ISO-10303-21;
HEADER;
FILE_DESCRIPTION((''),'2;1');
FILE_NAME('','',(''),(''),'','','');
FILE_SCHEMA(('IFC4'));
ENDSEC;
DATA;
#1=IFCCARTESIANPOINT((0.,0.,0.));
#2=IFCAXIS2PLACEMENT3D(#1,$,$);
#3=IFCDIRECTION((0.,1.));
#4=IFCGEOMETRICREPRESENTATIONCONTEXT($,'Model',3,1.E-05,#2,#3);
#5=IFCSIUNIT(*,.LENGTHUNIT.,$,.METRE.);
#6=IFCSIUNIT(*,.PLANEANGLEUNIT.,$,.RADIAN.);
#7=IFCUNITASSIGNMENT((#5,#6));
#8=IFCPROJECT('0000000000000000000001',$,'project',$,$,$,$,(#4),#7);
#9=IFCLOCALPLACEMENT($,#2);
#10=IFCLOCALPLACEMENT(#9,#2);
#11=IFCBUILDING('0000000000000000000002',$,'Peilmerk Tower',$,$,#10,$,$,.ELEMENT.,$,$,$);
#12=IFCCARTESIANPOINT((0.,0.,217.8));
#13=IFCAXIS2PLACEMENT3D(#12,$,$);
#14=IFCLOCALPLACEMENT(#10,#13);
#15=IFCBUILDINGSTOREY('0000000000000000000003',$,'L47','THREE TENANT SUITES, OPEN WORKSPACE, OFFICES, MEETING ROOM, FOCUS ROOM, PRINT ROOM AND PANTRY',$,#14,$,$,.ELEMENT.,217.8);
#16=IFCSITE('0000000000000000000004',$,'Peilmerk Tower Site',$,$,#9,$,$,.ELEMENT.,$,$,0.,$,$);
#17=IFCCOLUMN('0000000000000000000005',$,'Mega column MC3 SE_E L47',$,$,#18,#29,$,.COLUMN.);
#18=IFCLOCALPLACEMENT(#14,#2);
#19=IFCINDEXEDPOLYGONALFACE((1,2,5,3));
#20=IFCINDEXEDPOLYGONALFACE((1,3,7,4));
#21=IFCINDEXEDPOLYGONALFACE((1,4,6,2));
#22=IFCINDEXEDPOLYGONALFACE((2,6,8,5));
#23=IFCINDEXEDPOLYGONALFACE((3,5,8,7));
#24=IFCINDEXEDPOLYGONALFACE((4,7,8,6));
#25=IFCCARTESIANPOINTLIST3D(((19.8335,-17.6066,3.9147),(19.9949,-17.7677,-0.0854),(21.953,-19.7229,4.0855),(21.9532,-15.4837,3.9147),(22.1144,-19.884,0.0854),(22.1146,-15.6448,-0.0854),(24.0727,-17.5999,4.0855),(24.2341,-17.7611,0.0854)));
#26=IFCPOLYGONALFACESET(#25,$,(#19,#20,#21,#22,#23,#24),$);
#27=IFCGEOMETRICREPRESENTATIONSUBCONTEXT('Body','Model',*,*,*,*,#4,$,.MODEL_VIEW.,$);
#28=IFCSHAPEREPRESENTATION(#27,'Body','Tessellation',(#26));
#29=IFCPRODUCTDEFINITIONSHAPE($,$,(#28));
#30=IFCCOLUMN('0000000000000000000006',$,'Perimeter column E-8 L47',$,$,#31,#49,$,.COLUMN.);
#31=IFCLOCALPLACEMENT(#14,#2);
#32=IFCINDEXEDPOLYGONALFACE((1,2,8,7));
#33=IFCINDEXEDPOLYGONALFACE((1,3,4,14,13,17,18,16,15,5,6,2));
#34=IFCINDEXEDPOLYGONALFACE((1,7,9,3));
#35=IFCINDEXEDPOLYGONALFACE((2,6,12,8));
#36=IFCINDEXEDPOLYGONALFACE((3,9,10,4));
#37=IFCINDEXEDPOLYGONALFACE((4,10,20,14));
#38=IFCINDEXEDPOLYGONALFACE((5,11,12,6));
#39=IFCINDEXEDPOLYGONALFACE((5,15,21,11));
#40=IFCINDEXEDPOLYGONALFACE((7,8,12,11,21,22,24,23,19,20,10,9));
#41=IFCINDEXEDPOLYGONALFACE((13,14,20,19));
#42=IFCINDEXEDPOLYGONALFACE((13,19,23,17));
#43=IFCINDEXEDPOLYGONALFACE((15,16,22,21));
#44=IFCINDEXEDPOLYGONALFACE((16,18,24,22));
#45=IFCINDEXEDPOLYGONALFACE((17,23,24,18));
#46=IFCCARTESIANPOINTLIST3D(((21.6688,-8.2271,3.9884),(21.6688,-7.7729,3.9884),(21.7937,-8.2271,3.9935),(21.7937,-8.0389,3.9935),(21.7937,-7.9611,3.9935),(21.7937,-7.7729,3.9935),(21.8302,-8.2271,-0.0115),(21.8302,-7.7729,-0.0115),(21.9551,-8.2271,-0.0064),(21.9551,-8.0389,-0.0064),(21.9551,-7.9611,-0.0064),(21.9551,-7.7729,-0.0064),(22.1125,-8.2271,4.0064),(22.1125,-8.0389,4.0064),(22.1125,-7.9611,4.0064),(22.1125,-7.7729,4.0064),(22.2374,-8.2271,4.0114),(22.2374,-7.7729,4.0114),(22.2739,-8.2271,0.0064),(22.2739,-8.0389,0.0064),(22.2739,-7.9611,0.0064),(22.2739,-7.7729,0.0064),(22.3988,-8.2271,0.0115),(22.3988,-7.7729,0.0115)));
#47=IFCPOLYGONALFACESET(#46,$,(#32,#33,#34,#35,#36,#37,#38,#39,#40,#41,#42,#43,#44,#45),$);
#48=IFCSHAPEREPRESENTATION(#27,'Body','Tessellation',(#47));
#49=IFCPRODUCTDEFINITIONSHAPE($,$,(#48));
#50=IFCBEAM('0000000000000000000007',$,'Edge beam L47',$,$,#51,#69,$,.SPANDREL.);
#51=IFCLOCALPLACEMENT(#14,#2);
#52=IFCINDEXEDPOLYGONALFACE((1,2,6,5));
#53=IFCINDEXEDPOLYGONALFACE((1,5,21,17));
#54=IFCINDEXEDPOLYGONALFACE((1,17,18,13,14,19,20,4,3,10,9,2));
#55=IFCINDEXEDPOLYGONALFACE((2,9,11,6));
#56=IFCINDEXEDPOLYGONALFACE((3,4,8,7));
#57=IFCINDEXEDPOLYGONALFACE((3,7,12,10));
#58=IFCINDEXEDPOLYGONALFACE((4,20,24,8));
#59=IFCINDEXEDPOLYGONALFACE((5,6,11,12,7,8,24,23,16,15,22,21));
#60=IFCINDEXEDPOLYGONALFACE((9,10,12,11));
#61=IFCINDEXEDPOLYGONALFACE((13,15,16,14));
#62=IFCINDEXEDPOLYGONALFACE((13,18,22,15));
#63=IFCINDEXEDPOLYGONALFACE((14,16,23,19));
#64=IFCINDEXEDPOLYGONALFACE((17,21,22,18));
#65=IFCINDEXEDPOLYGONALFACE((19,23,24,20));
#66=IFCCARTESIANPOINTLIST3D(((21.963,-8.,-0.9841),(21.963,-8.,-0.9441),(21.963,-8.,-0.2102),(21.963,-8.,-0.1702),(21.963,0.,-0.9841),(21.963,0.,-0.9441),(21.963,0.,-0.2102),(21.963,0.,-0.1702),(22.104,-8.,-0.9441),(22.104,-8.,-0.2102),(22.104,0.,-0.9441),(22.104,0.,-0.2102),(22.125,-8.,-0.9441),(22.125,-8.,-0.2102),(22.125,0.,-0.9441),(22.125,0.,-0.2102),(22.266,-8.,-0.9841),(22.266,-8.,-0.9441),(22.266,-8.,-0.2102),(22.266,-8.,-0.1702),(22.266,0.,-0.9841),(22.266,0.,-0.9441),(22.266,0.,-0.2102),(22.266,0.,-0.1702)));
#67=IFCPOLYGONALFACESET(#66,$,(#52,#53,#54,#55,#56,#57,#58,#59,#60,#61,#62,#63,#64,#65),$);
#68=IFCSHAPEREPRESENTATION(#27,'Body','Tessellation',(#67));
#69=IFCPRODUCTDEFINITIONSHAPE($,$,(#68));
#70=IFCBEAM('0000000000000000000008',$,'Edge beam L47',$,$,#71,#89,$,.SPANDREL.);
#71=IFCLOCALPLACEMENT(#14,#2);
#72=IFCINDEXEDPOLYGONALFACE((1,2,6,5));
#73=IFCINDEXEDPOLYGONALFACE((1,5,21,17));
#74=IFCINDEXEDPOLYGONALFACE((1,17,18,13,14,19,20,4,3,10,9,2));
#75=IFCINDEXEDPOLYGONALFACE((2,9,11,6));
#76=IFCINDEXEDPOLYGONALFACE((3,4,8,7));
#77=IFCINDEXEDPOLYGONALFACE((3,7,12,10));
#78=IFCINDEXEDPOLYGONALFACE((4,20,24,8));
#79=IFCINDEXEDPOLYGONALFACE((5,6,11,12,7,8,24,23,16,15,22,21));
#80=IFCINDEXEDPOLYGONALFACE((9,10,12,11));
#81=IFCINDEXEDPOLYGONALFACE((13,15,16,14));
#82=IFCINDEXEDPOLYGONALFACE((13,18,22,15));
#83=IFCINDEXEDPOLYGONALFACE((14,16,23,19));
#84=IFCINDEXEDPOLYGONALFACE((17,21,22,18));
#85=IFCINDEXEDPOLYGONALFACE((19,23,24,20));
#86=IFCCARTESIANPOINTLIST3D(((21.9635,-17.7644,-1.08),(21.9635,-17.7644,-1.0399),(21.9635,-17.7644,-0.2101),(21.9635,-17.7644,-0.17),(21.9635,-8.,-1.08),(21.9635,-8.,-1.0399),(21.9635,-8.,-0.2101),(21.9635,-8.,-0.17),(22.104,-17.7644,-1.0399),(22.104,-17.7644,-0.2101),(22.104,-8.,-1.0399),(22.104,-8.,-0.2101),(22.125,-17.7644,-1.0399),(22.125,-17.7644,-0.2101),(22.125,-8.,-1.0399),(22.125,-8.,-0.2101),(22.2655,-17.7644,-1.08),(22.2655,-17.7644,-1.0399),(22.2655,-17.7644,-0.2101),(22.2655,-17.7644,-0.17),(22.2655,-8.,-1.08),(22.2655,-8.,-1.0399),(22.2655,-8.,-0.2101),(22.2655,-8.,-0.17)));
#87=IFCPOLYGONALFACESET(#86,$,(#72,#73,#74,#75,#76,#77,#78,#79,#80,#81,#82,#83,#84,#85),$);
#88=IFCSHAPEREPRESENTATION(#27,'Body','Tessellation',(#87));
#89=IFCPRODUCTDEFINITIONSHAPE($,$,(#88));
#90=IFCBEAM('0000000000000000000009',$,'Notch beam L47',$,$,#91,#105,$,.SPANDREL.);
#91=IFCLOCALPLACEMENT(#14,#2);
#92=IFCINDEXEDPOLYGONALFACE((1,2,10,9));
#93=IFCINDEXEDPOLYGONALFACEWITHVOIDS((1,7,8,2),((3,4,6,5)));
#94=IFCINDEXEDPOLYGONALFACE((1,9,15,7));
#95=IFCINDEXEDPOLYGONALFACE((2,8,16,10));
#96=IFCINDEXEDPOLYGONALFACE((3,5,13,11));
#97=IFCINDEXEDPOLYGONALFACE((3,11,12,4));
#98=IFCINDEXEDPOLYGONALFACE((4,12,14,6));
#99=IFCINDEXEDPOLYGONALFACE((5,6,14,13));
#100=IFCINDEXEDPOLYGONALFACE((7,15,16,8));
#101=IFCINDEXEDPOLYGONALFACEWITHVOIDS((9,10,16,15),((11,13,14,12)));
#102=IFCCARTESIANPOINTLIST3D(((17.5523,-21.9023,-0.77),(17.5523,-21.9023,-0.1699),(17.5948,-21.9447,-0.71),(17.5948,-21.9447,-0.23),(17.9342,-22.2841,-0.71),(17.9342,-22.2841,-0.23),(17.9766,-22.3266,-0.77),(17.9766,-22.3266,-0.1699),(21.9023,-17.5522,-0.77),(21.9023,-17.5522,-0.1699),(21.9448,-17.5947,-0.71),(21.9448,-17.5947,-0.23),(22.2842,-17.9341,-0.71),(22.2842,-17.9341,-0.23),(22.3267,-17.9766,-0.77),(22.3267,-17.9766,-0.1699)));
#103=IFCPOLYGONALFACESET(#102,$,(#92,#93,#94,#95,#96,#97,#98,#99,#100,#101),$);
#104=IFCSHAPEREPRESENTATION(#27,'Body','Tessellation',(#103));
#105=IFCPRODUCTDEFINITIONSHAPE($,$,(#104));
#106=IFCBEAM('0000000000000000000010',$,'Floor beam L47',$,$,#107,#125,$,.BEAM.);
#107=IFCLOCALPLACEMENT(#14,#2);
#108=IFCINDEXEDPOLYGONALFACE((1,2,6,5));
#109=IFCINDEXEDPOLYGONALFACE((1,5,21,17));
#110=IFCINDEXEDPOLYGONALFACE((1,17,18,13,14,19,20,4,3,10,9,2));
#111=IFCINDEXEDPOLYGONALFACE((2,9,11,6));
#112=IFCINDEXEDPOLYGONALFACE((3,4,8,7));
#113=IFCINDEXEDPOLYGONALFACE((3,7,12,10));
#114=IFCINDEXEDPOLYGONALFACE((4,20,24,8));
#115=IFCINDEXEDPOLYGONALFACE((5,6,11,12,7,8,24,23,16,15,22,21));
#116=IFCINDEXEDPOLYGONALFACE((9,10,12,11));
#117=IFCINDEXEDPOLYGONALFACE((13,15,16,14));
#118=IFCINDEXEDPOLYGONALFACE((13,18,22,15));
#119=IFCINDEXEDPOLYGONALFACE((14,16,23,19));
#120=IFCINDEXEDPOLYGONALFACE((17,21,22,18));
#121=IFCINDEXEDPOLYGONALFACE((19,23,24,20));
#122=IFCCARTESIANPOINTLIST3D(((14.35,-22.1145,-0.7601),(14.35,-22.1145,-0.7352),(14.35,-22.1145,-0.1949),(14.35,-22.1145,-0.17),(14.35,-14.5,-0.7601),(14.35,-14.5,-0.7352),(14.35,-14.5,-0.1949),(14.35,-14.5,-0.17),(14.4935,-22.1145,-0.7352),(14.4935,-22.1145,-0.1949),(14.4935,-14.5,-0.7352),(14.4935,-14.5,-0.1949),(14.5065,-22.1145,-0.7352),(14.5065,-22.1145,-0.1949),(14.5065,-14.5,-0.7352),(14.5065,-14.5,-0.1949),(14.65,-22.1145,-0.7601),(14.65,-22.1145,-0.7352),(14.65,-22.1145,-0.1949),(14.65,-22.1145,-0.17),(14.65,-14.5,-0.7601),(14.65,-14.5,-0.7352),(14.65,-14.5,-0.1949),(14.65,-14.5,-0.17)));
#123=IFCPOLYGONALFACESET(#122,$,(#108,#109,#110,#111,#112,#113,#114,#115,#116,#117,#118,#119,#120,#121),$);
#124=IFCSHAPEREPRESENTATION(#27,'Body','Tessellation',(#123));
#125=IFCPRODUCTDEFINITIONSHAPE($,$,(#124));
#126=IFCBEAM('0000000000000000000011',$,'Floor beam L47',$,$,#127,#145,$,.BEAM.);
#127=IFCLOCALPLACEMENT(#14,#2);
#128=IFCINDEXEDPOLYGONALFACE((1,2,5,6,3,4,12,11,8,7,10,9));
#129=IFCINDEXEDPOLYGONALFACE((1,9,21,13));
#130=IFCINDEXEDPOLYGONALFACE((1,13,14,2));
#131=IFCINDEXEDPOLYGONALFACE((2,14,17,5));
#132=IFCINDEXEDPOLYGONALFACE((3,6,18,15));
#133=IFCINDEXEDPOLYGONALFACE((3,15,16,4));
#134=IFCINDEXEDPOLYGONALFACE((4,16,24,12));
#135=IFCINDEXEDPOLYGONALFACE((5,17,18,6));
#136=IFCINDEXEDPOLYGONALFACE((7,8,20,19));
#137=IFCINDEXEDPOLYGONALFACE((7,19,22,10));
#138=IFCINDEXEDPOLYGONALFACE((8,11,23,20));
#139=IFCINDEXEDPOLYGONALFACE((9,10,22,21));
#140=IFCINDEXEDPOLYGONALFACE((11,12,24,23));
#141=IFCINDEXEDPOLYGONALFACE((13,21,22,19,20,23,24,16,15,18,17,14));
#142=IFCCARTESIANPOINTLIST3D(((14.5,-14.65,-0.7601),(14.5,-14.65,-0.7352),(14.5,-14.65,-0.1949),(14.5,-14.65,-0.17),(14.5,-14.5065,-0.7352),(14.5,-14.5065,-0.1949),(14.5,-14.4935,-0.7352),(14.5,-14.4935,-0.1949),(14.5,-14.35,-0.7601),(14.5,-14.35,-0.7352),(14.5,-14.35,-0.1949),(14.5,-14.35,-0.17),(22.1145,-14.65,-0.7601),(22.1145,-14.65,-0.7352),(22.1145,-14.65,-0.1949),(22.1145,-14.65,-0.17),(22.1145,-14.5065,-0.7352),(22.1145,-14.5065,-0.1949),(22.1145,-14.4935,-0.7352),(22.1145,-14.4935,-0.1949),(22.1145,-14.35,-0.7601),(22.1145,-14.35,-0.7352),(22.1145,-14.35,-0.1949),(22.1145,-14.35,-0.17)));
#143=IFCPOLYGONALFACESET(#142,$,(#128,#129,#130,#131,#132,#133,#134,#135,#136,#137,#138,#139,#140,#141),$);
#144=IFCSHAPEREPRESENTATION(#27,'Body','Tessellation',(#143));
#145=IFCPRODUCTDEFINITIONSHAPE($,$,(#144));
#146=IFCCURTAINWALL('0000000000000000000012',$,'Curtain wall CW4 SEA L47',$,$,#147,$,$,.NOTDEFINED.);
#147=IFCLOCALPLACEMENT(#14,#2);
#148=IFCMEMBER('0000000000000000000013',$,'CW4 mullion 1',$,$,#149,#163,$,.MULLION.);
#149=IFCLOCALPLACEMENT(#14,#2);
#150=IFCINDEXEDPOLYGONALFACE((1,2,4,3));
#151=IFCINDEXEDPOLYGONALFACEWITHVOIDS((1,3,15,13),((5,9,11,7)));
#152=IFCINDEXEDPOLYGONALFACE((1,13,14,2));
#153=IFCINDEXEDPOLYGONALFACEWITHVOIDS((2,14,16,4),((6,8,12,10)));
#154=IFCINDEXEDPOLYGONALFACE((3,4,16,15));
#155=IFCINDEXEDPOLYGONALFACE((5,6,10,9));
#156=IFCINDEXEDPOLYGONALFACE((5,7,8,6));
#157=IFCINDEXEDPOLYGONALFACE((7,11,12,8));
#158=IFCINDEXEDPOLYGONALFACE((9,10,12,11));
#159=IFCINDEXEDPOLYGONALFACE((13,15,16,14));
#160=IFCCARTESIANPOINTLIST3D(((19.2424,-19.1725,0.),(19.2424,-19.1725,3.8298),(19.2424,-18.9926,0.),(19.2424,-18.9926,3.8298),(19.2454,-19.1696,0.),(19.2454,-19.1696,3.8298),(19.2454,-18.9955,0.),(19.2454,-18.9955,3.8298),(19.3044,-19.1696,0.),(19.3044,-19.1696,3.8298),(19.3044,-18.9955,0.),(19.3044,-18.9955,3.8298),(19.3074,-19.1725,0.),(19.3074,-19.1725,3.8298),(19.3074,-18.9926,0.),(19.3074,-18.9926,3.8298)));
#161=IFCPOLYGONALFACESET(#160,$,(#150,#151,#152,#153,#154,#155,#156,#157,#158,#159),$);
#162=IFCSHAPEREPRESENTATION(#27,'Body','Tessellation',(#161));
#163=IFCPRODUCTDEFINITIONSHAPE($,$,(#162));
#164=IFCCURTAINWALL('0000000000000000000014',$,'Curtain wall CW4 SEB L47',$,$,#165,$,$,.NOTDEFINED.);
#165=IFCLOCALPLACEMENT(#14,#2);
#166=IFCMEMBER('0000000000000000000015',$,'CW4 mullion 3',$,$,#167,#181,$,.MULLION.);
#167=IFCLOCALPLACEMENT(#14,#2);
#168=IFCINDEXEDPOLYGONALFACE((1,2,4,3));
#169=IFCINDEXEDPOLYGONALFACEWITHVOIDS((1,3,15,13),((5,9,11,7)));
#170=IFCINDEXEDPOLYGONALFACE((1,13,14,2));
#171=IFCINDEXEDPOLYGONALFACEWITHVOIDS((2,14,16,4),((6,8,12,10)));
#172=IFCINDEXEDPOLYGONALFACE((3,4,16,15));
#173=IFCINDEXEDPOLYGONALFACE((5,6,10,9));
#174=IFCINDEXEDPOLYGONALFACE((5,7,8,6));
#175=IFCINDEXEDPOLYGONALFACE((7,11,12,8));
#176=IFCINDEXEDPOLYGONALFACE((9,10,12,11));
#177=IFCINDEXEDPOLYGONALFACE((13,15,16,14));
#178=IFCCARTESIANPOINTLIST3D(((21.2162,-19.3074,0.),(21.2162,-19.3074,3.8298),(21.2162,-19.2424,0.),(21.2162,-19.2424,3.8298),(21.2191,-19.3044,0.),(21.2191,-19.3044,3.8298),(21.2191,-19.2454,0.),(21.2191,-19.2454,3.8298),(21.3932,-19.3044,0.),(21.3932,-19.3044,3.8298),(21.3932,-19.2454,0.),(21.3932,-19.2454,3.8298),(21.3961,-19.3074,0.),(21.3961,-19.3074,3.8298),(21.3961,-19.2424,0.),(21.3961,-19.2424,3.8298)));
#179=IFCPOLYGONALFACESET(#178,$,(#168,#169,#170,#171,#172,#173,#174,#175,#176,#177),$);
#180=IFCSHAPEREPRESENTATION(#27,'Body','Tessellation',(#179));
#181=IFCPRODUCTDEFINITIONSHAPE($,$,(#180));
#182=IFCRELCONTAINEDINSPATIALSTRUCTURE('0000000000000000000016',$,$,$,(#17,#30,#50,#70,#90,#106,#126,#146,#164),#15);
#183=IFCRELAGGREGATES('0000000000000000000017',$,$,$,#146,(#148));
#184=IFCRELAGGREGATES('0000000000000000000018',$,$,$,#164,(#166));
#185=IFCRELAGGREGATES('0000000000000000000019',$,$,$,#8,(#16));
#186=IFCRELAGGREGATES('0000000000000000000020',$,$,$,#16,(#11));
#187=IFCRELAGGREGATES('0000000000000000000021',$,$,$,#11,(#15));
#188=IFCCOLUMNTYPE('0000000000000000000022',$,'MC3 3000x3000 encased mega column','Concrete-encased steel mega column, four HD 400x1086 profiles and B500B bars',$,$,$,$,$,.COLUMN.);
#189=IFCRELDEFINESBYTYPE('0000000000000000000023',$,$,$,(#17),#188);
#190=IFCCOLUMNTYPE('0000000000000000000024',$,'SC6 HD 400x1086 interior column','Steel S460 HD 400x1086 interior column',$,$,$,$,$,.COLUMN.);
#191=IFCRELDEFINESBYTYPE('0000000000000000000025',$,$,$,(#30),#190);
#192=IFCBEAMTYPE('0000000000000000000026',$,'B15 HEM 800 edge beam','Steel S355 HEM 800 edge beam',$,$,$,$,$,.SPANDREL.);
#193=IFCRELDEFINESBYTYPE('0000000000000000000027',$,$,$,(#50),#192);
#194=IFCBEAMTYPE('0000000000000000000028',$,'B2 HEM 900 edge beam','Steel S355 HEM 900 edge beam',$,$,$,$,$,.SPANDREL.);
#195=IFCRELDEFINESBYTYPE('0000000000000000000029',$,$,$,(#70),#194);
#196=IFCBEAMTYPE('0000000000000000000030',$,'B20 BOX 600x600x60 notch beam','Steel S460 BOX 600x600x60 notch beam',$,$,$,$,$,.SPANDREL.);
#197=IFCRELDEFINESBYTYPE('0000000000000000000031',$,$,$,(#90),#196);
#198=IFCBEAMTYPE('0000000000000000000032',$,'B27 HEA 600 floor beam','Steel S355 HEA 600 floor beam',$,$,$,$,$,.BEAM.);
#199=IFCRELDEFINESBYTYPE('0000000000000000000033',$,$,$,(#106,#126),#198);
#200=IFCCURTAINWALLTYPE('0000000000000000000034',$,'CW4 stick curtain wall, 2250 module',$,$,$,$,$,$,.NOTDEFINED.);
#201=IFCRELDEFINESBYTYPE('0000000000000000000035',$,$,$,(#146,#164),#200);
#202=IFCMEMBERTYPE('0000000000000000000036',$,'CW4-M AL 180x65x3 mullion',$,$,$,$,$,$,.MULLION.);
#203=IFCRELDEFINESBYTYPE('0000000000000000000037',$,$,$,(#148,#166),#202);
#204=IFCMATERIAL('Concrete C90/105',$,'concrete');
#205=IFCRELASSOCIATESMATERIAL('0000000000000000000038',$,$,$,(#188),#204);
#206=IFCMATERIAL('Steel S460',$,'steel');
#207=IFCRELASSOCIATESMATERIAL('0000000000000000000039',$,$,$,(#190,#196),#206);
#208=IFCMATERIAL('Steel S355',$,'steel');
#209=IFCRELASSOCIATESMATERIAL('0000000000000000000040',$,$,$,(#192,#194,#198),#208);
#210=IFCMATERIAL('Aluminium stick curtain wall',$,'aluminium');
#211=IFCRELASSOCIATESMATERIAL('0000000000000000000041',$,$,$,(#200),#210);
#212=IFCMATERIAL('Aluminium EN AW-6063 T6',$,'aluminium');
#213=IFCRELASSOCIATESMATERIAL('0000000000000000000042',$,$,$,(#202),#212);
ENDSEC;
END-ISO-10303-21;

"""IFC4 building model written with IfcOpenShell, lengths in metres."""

from ifc_helpers import new_model, si_unit, direction, frame, origin, origin_2d, place, context, subcontext, project, spatial, rectangle, hollow_rectangle, i_section, extrude, material, material_profile, profile_set, type_object, element, aggregate, save


model = new_model("IFC4")

# Units and contexts
model_context = context("Model", 3, precision=1e-05, world=origin(), true_north=direction((0.0, 1.0)))
body_context = subcontext(model_context, "Body", "Model", "MODEL_VIEW")
ifc_project = project(units=[si_unit("LENGTHUNIT", "METRE"), si_unit("PLANEANGLEUNIT", "RADIAN")], contexts=[model_context])

# Site, building, storey
site_placement = place(None, origin())
site = spatial("IfcSite", under=ifc_project, at=site_placement, Name="Peilmerk Tower Site", CompositionType="ELEMENT", RefElevation=0.0)
building_placement = place(site_placement, origin())
building = spatial("IfcBuilding", under=site, at=building_placement, Name="Peilmerk Tower", CompositionType="ELEMENT")
storey_placement = place(building_placement, frame((0.0, 0.0, 217.8)))
storey = spatial("IfcBuildingStorey", under=building, at=storey_placement, Name="L47", Description="THREE TENANT SUITES, OPEN WORKSPACE, OFFICES, MEETING ROOM, FOCUS ROOM, PRINT ROOM AND PANTRY", CompositionType="ELEMENT", Elevation=217.8)

# Columns
ifc_material_1 = material(Name="Concrete C90/105", Category="concrete")
ifc_material_profile_1 = material_profile(ifc_material_1, rectangle(XDim=3.0, YDim=3.0, at=origin_2d()), Name="RC 3000x3000")
ifc_profile_set_1 = profile_set([ifc_material_profile_1], Name="Concrete C90/105")
column_type_1 = type_object("IfcColumnType", Name="MC3 3000x3000 encased mega column", Description="Concrete-encased steel mega column, four HD 400x1086 profiles and B500B bars", PredefinedType="COLUMN", material=ifc_profile_set_1)
column_1_placement = place(storey_placement, frame((22.1145, -17.7644, 0.0), z_axis=(-0.040279, 0.040218, 0.998379), x_axis=(-0.706571, -0.707642, 0.0)))
element("IfcColumn", 1, at=column_1_placement, inside=storey, type_object=column_type_1, Name="Mega column MC3 SE_E L47", PredefinedType="COLUMN", context=body_context, shape_type="SweptSolid", body=[
    extrude(rectangle(XDim=3.0, YDim=3.0, at=origin_2d()), origin(), (0.0, 0.0, 1.0), 4.0066),
])
ifc_material_2 = material(Name="Steel S460", Category="steel")
ifc_material_profile_2 = material_profile(ifc_material_2, i_section(OverallWidth=0.4541, OverallDepth=0.5691, WebThickness=0.0779, FlangeThickness=0.125, at=origin_2d()), Name="HD 400x1086")
ifc_profile_set_2 = profile_set([ifc_material_profile_2], Name="Steel S460")
column_type_2 = type_object("IfcColumnType", Name="SC6 HD 400x1086 interior column", Description="Steel S460 HD 400x1086 interior column", PredefinedType="COLUMN", material=ifc_profile_set_2)
column_2_placement = place(storey_placement, frame((22.1145, -8.0, 0.0), z_axis=(-0.040311, 0.0, 0.999187), x_axis=(0.0, -1.0, 0.0)))
element("IfcColumn", 2, at=column_2_placement, inside=storey, type_object=column_type_2, Name="Perimeter column E-8 L47", PredefinedType="COLUMN", context=body_context, shape_type="SweptSolid", body=[
    extrude(i_section(OverallWidth=0.4541, OverallDepth=0.5691, WebThickness=0.0779, FlangeThickness=0.125, at=origin_2d()), origin(), (0.0, 0.0, 1.0), 4.0032),
])

# Beams
ifc_material_3 = material(Name="Steel S355", Category="steel")
ifc_material_profile_3 = material_profile(ifc_material_3, i_section(OverallWidth=0.303, OverallDepth=0.814, WebThickness=0.021, FlangeThickness=0.04, at=origin_2d()), Name="HEM 800")
ifc_profile_set_3 = profile_set([ifc_material_profile_3], Name="Steel S355")
beam_type_1 = type_object("IfcBeamType", Name="B15 HEM 800 edge beam", Description="Steel S355 HEM 800 edge beam", PredefinedType="SPANDREL", material=ifc_profile_set_3)
beam_1_placement = place(storey_placement, frame((22.1145, -8.0, -0.5771), z_axis=(0.0, 1.0, 0.0), x_axis=(-1.0, 0.0, 0.0)))
element("IfcBeam", 3, at=beam_1_placement, inside=storey, type_object=beam_type_1, Name="Edge beam L47", PredefinedType="SPANDREL", context=body_context, shape_type="SweptSolid", body=[
    extrude(i_section(OverallWidth=0.303, OverallDepth=0.814, WebThickness=0.021, FlangeThickness=0.04, at=origin_2d()), origin(), (0.0, 0.0, 1.0), 8.0),
])
ifc_material_profile_4 = material_profile(ifc_material_3, i_section(OverallWidth=0.302, OverallDepth=0.9099, WebThickness=0.021, FlangeThickness=0.04, at=origin_2d()), Name="HEM 900")
ifc_profile_set_4 = profile_set([ifc_material_profile_4], Name="Steel S355")
beam_type_2 = type_object("IfcBeamType", Name="B2 HEM 900 edge beam", Description="Steel S355 HEM 900 edge beam", PredefinedType="SPANDREL", material=ifc_profile_set_4)
beam_2_placement = place(storey_placement, frame((22.1145, -17.7644, -0.625), z_axis=(0.0, 1.0, 0.0), x_axis=(-1.0, 0.0, 0.0)))
element("IfcBeam", 4, at=beam_2_placement, inside=storey, type_object=beam_type_2, Name="Edge beam L47", PredefinedType="SPANDREL", context=body_context, shape_type="SweptSolid", body=[
    extrude(i_section(OverallWidth=0.302, OverallDepth=0.9099, WebThickness=0.021, FlangeThickness=0.04, at=origin_2d()), origin(), (0.0, 0.0, 1.0), 9.7644),
])
ifc_material_profile_5 = material_profile(ifc_material_2, hollow_rectangle(XDim=0.6001, YDim=0.6001, WallThickness=0.0601, at=origin_2d()), Name="BOX 600x600x60")
ifc_profile_set_5 = profile_set([ifc_material_profile_5], Name="Steel S460")
beam_type_3 = type_object("IfcBeamType", Name="B20 BOX 600x600x60 notch beam", Description="Steel S460 BOX 600x600x60 notch beam", PredefinedType="SPANDREL", material=ifc_profile_set_5)
beam_3_placement = place(storey_placement, frame((22.1145, -17.7644, -0.47), z_axis=(-0.707107, -0.707107, 0.0), x_axis=(0.707107, -0.707107, 0.0)))
element("IfcBeam", 5, at=beam_3_placement, inside=storey, type_object=beam_type_3, Name="Notch beam L47", PredefinedType="SPANDREL", context=body_context, shape_type="SweptSolid", body=[
    extrude(hollow_rectangle(XDim=0.6001, YDim=0.6001, WallThickness=0.0601, at=origin_2d()), origin(), (0.0, 0.0, 1.0), 6.1519),
])
ifc_material_profile_6 = material_profile(ifc_material_3, i_section(OverallWidth=0.3, OverallDepth=0.5901, WebThickness=0.0129, FlangeThickness=0.0249, at=origin_2d()), Name="HEA 600")
ifc_profile_set_6 = profile_set([ifc_material_profile_6], Name="Steel S355")
beam_type_4 = type_object("IfcBeamType", Name="B27 HEA 600 floor beam", Description="Steel S355 HEA 600 floor beam", PredefinedType="BEAM", material=ifc_profile_set_6)
for number, where, z_axis, x_axis, name in (
    (6, (14.5, -14.5, -0.4651), (0.0, -1.0, 0.0), (1.0, 0.0, 0.0), "Floor beam L47"),
    (7, (14.5, -14.5, -0.4651), (1.0, 0.0, 0.0), (0.0, 1.0, 0.0), "Floor beam L47"),
):
    element("IfcBeam", number, at=place(storey_placement, frame(where, z_axis=z_axis, x_axis=x_axis)), inside=storey, type_object=beam_type_4, Name=name, PredefinedType="BEAM", context=body_context, shape_type="SweptSolid", body=[
        extrude(i_section(OverallWidth=0.3, OverallDepth=0.5901, WebThickness=0.0129, FlangeThickness=0.0249, at=origin_2d()), origin(), (0.0, 0.0, 1.0), 7.6145),
    ])

# Curtain walls, members
ifc_material_4 = material(Name="Aluminium stick curtain wall", Category="aluminium")
curtain_wall_type = type_object("IfcCurtainWallType", Name="CW4 stick curtain wall, 2250 module", PredefinedType="NOTDEFINED", material=ifc_material_4)
curtain_wall_1_placement = place(storey_placement, origin())
curtain_wall_1 = element("IfcCurtainWall", 8, at=curtain_wall_1_placement, inside=storey, type_object=curtain_wall_type, Name="Curtain wall CW4 SEA L47", PredefinedType="NOTDEFINED")
ifc_material_5 = material(Name="Aluminium EN AW-6063 T6", Category="aluminium")
ifc_material_profile_7 = material_profile(ifc_material_5, hollow_rectangle(XDim=0.0649, YDim=0.1799, WallThickness=0.0029, at=origin_2d()), Name="AL 180x65x3")
ifc_profile_set_7 = profile_set([ifc_material_profile_7], Name="Aluminium EN AW-6063 T6")
member_type_1 = type_object("IfcMemberType", Name="CW4-M AL 180x65x3 mullion", PredefinedType="MULLION", material=ifc_profile_set_7)
member_1_placement = place(storey_placement, frame((19.2749, -19.0825, 0.0), z_axis=(0.0, 0.0, 1.0), x_axis=(1.0, 0.0, 0.0)))
member_1 = element("IfcMember", 9, at=member_1_placement, type_object=member_type_1, Name="CW4 mullion 1", PredefinedType="MULLION", context=body_context, shape_type="SweptSolid", body=[
    extrude(hollow_rectangle(XDim=0.0649, YDim=0.1799, WallThickness=0.0029, at=origin_2d()), origin(), (0.0, 0.0, 1.0), 3.8298),
])
curtain_wall_2_placement = place(storey_placement, origin())
curtain_wall_2 = element("IfcCurtainWall", 10, at=curtain_wall_2_placement, inside=storey, type_object=curtain_wall_type, Name="Curtain wall CW4 SEB L47", PredefinedType="NOTDEFINED")
member_2_placement = place(storey_placement, frame((21.3062, -19.2749, 0.0), z_axis=(0.0, 0.0, 1.0), x_axis=(0.0, 1.0, 0.0)))
member_2 = element("IfcMember", 11, at=member_2_placement, type_object=member_type_1, Name="CW4 mullion 3", PredefinedType="MULLION", context=body_context, shape_type="SweptSolid", body=[
    extrude(hollow_rectangle(XDim=0.0649, YDim=0.1799, WallThickness=0.0029, at=origin_2d()), origin(), (0.0, 0.0, 1.0), 3.8298),
])

aggregate(curtain_wall_1, [member_1])

aggregate(curtain_wall_2, [member_2])

save(model, "model.ifc")
